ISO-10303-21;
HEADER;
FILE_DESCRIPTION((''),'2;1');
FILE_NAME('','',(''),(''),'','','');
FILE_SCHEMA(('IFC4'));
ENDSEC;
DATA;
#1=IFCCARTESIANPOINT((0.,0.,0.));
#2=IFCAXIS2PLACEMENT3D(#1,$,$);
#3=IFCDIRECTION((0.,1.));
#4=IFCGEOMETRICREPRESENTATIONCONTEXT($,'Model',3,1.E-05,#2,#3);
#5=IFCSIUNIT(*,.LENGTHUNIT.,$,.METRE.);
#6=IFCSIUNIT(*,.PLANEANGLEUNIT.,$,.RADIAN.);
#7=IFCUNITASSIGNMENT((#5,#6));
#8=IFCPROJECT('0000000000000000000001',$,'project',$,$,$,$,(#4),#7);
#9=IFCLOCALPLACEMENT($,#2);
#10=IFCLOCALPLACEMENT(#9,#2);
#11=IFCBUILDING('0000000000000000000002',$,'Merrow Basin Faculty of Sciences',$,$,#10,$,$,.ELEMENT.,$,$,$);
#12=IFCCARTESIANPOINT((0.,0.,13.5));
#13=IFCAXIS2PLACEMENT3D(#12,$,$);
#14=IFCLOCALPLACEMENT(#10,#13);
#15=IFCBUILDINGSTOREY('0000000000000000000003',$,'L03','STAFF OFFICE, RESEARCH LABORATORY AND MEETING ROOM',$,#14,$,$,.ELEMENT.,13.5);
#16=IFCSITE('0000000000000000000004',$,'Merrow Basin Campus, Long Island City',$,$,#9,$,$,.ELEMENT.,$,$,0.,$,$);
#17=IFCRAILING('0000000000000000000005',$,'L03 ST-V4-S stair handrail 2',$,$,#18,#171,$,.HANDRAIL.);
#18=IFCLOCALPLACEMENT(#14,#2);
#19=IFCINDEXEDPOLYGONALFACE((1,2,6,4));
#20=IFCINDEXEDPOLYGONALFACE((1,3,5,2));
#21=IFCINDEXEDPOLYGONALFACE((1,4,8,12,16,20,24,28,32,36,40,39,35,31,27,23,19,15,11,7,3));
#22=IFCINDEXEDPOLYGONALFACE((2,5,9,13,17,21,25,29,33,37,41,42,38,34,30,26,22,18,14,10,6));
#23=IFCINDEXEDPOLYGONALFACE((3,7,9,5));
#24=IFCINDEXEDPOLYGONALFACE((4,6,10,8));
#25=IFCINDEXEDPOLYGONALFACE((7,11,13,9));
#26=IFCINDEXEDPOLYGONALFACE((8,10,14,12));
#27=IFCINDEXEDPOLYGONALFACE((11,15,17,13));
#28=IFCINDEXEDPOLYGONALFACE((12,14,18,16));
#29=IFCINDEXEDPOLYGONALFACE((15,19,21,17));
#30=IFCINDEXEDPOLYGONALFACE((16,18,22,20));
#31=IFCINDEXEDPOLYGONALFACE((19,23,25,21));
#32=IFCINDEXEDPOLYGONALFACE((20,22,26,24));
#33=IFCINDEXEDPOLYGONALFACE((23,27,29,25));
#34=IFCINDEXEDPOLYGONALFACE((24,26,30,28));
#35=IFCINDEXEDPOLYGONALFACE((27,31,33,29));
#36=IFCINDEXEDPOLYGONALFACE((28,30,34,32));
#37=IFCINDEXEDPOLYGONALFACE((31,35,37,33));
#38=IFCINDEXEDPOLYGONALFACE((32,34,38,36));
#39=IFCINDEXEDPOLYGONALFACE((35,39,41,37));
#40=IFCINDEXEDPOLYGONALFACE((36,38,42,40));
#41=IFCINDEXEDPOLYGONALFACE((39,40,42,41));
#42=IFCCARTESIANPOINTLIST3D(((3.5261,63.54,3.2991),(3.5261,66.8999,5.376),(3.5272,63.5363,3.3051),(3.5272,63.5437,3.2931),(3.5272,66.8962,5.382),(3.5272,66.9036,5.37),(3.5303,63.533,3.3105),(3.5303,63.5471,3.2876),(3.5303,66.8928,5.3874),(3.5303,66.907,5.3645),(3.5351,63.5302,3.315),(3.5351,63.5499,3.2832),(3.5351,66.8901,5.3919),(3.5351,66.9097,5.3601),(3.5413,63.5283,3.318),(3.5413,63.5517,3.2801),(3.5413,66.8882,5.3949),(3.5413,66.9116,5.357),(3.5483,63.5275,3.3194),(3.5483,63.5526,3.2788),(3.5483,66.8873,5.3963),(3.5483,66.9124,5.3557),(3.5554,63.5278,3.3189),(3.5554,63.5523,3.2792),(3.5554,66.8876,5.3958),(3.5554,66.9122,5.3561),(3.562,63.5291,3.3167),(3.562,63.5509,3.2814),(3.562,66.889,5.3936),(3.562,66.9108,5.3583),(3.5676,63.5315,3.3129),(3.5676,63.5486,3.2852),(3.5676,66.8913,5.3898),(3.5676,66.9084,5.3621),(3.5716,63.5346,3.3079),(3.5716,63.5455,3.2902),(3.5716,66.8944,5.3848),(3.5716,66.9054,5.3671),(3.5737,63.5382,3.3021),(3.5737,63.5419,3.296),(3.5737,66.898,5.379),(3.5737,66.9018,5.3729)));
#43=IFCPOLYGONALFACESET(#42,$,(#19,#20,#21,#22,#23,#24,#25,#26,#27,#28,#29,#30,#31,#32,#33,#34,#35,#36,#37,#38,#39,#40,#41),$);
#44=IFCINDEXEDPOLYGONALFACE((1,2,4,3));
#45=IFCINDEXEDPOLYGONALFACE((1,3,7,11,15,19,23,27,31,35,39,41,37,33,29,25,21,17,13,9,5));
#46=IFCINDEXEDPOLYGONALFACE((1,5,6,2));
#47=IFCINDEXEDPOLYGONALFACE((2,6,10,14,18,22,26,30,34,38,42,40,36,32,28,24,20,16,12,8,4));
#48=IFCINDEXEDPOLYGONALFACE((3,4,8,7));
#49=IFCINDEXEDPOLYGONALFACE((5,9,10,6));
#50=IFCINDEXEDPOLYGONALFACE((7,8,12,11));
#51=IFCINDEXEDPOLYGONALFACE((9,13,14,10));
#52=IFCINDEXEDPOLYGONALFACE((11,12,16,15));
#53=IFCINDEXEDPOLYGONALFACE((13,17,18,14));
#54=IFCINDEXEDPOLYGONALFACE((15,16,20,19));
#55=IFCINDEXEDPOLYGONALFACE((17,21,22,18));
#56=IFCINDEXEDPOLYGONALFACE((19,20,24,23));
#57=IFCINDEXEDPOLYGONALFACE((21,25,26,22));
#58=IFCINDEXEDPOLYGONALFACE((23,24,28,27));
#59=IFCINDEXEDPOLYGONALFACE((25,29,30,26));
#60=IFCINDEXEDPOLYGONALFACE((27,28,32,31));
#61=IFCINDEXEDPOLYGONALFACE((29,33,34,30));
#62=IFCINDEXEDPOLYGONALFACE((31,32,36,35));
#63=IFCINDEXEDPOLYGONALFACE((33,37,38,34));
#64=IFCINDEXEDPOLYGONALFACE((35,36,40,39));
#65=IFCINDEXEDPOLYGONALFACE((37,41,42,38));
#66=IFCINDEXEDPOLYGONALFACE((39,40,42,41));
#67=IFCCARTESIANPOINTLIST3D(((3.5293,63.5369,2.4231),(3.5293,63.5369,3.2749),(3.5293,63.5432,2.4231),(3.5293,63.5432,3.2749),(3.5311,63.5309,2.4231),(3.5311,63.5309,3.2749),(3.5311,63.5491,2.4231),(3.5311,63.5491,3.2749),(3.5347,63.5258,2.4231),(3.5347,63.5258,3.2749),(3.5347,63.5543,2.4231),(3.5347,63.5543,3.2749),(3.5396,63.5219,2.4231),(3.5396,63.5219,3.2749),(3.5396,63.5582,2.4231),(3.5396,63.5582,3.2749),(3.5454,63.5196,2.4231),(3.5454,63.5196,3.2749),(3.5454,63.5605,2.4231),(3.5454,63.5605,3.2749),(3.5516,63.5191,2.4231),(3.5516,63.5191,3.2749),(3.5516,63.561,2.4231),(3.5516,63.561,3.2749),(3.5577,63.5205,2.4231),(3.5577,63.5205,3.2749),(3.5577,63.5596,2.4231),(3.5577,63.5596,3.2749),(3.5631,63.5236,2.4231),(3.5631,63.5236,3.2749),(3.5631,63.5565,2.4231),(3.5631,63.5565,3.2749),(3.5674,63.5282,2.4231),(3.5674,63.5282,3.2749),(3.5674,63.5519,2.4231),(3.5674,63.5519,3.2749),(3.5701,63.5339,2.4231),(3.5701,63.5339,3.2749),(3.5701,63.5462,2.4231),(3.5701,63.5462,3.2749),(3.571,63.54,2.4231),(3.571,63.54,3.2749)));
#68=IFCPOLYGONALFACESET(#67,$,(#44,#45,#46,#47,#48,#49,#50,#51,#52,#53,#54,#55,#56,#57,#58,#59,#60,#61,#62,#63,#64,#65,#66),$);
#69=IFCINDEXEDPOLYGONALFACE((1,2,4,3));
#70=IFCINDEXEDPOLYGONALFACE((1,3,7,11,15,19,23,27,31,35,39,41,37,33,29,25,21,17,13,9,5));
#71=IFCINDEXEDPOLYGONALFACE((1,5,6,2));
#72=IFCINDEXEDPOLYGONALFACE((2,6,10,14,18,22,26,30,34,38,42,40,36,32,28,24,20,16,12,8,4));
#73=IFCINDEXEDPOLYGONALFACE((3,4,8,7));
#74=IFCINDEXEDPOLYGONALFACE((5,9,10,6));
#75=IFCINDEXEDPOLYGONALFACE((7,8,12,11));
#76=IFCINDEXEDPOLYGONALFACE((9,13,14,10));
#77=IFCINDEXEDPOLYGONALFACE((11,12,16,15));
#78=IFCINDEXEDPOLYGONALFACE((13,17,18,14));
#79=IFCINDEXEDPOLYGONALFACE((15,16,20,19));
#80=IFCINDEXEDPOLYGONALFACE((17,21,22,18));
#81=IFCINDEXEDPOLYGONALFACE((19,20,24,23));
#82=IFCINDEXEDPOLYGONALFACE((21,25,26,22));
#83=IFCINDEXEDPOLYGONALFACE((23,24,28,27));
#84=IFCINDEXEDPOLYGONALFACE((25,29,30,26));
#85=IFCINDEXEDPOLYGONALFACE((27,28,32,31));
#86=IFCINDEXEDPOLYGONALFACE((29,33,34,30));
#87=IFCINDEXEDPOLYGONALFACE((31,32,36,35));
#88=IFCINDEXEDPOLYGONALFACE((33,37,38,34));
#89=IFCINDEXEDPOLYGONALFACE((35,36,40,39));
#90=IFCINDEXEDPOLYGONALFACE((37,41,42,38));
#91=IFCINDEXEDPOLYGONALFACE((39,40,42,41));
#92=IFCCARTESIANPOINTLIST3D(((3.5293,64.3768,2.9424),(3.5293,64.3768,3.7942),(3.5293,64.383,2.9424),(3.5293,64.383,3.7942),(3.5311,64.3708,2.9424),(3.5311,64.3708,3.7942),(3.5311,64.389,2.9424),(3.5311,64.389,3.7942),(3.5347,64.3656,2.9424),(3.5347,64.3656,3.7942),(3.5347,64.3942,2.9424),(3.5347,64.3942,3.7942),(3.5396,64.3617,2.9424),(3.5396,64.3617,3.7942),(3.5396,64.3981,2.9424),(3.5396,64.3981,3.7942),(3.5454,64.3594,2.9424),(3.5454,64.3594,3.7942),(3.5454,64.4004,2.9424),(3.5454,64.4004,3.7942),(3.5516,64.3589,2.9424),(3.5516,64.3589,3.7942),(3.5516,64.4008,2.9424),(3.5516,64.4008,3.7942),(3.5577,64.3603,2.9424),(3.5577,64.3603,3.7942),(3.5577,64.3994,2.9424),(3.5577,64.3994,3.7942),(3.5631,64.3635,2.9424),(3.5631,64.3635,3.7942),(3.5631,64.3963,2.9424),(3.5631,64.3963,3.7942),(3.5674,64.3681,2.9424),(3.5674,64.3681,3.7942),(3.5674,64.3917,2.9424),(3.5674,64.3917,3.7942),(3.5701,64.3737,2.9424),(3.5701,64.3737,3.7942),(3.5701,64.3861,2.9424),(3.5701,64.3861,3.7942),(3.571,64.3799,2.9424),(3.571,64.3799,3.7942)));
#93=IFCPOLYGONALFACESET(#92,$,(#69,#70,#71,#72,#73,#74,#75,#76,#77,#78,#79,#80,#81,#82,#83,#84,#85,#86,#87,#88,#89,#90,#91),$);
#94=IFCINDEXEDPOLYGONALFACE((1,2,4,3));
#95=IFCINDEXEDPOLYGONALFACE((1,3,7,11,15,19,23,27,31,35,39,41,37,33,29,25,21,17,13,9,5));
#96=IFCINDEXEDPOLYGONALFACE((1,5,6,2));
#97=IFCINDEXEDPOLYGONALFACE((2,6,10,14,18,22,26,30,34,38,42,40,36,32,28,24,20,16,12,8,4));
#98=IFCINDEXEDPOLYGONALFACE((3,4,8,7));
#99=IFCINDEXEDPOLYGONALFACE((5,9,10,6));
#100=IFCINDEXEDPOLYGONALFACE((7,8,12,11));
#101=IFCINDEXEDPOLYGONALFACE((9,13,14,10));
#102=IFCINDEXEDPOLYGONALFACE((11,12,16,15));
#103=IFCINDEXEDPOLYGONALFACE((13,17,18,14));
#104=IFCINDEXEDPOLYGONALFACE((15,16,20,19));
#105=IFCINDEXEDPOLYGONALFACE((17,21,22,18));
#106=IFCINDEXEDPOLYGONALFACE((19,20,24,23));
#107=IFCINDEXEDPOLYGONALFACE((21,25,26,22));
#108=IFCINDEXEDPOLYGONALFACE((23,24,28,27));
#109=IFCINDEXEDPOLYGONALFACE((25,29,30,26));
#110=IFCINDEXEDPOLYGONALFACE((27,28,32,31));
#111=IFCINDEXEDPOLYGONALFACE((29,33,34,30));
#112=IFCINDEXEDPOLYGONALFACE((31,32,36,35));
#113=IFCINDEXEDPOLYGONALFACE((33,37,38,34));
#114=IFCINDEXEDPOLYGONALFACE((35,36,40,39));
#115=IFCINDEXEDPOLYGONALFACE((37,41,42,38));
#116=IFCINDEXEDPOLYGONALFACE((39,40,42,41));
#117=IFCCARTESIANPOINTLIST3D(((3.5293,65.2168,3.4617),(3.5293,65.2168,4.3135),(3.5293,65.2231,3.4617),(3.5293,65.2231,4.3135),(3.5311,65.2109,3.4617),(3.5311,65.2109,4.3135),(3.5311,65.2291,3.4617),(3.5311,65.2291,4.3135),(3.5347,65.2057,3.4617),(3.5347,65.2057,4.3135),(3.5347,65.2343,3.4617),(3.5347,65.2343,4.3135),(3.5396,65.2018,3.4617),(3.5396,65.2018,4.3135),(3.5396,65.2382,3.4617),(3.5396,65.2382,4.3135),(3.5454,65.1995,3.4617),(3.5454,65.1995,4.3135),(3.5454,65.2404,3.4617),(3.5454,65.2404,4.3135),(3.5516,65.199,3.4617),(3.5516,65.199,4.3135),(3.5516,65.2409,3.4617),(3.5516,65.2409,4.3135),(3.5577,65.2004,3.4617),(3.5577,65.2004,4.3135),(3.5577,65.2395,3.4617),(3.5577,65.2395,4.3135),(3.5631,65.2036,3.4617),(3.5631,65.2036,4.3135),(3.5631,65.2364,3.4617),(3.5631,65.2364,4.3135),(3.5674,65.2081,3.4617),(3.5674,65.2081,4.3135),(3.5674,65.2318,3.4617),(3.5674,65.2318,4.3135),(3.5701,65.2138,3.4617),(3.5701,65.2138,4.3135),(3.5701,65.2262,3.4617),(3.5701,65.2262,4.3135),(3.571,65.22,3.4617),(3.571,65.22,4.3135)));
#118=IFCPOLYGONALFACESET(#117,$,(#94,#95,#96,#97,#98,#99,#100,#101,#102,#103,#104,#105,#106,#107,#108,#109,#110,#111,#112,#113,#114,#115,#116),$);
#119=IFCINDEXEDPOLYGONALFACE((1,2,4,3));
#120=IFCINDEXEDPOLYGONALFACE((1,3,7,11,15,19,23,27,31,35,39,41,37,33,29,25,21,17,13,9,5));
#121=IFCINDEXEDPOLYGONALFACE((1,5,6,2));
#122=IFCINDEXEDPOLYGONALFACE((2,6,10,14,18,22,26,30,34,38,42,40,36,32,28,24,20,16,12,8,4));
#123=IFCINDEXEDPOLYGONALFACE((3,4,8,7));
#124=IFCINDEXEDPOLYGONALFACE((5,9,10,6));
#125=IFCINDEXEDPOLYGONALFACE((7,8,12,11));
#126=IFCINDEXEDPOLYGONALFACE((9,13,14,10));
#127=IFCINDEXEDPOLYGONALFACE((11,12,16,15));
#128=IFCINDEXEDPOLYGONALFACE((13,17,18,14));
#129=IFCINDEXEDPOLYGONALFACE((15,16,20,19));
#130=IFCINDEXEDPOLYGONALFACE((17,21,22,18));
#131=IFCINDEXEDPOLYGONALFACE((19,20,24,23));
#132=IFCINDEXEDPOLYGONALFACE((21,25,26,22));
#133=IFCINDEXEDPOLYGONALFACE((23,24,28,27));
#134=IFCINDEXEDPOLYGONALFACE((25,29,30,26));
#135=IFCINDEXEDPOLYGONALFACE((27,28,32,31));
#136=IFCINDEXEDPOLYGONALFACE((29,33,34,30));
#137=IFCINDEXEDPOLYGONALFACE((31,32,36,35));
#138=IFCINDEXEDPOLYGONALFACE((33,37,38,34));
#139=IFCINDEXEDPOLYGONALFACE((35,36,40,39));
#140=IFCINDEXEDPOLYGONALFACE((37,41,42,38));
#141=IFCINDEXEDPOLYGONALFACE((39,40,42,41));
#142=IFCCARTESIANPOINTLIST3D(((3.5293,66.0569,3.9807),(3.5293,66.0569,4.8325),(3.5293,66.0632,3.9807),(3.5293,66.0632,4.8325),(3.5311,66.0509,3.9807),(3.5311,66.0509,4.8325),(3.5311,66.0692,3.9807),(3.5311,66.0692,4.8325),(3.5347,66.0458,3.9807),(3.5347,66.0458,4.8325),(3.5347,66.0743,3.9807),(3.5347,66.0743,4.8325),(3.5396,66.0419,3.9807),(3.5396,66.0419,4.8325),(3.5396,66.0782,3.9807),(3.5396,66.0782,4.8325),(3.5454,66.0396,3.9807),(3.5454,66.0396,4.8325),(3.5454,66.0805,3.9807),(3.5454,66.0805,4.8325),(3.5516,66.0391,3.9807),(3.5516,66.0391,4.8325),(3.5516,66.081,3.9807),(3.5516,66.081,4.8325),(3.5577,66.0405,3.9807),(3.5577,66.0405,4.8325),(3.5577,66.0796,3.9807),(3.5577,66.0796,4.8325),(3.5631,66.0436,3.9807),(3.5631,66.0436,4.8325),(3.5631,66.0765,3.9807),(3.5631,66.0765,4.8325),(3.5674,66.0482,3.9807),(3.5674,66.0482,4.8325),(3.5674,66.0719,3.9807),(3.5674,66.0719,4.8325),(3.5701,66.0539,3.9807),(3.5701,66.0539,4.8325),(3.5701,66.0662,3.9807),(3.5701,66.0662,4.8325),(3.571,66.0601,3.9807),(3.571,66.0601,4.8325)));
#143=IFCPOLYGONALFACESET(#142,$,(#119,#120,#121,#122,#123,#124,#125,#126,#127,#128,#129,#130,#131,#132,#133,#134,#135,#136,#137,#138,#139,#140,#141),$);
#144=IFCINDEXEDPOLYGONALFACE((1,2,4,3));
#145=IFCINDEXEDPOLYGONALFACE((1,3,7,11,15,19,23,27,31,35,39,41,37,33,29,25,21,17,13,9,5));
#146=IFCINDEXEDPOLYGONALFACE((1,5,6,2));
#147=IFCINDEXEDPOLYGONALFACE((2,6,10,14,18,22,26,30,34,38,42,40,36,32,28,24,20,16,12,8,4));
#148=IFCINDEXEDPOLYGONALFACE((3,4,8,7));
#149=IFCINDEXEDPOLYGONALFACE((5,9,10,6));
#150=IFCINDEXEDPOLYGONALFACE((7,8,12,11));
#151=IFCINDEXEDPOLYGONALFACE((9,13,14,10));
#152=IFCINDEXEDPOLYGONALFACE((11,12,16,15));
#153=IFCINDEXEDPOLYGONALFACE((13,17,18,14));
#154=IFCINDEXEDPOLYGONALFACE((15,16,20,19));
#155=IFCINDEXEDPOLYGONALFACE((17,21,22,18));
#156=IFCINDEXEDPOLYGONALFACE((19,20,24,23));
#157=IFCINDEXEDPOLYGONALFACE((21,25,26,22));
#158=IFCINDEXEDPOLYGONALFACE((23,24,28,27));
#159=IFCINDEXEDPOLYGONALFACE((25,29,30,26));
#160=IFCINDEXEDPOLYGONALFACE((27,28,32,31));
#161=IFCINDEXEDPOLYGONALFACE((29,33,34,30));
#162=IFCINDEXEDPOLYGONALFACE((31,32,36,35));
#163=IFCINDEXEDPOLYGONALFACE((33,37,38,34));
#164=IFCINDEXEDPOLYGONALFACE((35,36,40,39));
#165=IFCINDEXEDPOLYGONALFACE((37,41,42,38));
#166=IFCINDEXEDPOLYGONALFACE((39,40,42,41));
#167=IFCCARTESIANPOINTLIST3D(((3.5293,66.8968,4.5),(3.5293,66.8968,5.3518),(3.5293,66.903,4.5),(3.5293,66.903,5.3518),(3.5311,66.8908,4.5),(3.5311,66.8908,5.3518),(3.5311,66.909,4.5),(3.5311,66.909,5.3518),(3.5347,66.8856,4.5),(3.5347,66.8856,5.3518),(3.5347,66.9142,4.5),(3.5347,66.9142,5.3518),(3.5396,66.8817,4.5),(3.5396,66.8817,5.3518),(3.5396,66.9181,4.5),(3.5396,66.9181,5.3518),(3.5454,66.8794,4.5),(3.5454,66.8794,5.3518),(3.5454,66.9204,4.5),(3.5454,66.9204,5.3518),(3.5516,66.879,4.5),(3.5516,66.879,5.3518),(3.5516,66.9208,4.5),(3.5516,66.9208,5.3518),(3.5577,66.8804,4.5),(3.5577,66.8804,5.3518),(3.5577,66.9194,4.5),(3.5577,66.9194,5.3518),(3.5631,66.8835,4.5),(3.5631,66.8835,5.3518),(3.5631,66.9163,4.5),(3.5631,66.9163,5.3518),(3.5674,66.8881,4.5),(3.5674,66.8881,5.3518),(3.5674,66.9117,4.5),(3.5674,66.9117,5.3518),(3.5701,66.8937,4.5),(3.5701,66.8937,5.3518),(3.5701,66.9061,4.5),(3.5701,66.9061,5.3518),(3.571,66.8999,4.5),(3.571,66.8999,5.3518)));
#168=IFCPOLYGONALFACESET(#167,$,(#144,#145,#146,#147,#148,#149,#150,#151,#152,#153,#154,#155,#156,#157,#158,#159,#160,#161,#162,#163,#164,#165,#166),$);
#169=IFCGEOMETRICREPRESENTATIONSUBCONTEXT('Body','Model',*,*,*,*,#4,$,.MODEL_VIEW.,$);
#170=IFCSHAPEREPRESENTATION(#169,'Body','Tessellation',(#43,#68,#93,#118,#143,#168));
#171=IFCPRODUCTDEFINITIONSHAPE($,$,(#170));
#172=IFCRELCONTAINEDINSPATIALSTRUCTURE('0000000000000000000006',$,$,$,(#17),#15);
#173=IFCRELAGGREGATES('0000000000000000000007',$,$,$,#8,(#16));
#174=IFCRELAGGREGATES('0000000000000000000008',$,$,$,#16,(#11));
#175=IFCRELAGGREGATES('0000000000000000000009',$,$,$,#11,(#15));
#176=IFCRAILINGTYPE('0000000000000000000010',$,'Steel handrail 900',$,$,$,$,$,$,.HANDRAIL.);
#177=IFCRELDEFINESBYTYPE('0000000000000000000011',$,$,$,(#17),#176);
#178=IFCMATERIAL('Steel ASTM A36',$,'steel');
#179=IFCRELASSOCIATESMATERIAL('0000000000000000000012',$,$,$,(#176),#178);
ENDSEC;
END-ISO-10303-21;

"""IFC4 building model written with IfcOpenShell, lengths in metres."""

from ifc_helpers import new_model, si_unit, direction, frame, origin, origin_2d, place, context, subcontext, project, spatial, circle, extrude, material, type_object, element, save


model = new_model("IFC4")

# Units and contexts
model_context = context("Model", 3, precision=1e-05, world=origin(), true_north=direction((0.0, 1.0)))
body_context = subcontext(model_context, "Body", "Model", "MODEL_VIEW")
ifc_project = project(units=[si_unit("LENGTHUNIT", "METRE"), si_unit("PLANEANGLEUNIT", "RADIAN")], contexts=[model_context])

# Site, building, storey
site_placement = place(None, origin())
site = spatial("IfcSite", under=ifc_project, at=site_placement, Name="Merrow Basin Campus, Long Island City", CompositionType="ELEMENT", RefElevation=0.0)
building_placement = place(site_placement, origin())
building = spatial("IfcBuilding", under=site, at=building_placement, Name="Merrow Basin Faculty of Sciences", CompositionType="ELEMENT")
storey_placement = place(building_placement, frame((0.0, 0.0, 13.5)))
storey = spatial("IfcBuildingStorey", under=building, at=storey_placement, Name="L03", Description="STAFF OFFICE, RESEARCH LABORATORY AND MEETING ROOM", CompositionType="ELEMENT", Elevation=13.5)

# Railing
ifc_material_1 = material(Name="Steel ASTM A36", Category="steel")
railing_type_1 = type_object("IfcRailingType", Name="Steel handrail 900", PredefinedType="HANDRAIL", material=ifc_material_1)
railing_1_placement = place(storey_placement, frame((3.55, 63.54, 2.4231)))
element("IfcRailing", 1, at=railing_1_placement, inside=storey, type_object=railing_type_1, Name="L03 ST-V4-S stair handrail 2", PredefinedType="HANDRAIL", context=body_context, shape_type="SweptSolid", body=[
    extrude(circle(Radius=0.0239, at=origin_2d()), frame((0.0, 0.0, 0.876), z_axis=(0.0, 0.850606, 0.525803), x_axis=(-1.0, 0.0, 0.0)), (0.0, 0.0, 1.0), 3.95),
    extrude(circle(Radius=0.021, at=origin_2d()), origin(), (0.0, 0.0, 1.0), 0.8518),
    extrude(circle(Radius=0.021, at=origin_2d()), frame((0.0, 0.8398, 0.5193)), (0.0, 0.0, 1.0), 0.8518),
    extrude(circle(Radius=0.021, at=origin_2d()), frame((0.0, 1.6799, 1.0386)), (0.0, 0.0, 1.0), 0.8518),
    extrude(circle(Radius=0.021, at=origin_2d()), frame((0.0, 2.52, 1.5576)), (0.0, 0.0, 1.0), 0.8518),
    extrude(circle(Radius=0.021, at=origin_2d()), frame((0.0, 3.3599, 2.0769)), (0.0, 0.0, 1.0), 0.8518),
])

save(model, "model.ifc")
